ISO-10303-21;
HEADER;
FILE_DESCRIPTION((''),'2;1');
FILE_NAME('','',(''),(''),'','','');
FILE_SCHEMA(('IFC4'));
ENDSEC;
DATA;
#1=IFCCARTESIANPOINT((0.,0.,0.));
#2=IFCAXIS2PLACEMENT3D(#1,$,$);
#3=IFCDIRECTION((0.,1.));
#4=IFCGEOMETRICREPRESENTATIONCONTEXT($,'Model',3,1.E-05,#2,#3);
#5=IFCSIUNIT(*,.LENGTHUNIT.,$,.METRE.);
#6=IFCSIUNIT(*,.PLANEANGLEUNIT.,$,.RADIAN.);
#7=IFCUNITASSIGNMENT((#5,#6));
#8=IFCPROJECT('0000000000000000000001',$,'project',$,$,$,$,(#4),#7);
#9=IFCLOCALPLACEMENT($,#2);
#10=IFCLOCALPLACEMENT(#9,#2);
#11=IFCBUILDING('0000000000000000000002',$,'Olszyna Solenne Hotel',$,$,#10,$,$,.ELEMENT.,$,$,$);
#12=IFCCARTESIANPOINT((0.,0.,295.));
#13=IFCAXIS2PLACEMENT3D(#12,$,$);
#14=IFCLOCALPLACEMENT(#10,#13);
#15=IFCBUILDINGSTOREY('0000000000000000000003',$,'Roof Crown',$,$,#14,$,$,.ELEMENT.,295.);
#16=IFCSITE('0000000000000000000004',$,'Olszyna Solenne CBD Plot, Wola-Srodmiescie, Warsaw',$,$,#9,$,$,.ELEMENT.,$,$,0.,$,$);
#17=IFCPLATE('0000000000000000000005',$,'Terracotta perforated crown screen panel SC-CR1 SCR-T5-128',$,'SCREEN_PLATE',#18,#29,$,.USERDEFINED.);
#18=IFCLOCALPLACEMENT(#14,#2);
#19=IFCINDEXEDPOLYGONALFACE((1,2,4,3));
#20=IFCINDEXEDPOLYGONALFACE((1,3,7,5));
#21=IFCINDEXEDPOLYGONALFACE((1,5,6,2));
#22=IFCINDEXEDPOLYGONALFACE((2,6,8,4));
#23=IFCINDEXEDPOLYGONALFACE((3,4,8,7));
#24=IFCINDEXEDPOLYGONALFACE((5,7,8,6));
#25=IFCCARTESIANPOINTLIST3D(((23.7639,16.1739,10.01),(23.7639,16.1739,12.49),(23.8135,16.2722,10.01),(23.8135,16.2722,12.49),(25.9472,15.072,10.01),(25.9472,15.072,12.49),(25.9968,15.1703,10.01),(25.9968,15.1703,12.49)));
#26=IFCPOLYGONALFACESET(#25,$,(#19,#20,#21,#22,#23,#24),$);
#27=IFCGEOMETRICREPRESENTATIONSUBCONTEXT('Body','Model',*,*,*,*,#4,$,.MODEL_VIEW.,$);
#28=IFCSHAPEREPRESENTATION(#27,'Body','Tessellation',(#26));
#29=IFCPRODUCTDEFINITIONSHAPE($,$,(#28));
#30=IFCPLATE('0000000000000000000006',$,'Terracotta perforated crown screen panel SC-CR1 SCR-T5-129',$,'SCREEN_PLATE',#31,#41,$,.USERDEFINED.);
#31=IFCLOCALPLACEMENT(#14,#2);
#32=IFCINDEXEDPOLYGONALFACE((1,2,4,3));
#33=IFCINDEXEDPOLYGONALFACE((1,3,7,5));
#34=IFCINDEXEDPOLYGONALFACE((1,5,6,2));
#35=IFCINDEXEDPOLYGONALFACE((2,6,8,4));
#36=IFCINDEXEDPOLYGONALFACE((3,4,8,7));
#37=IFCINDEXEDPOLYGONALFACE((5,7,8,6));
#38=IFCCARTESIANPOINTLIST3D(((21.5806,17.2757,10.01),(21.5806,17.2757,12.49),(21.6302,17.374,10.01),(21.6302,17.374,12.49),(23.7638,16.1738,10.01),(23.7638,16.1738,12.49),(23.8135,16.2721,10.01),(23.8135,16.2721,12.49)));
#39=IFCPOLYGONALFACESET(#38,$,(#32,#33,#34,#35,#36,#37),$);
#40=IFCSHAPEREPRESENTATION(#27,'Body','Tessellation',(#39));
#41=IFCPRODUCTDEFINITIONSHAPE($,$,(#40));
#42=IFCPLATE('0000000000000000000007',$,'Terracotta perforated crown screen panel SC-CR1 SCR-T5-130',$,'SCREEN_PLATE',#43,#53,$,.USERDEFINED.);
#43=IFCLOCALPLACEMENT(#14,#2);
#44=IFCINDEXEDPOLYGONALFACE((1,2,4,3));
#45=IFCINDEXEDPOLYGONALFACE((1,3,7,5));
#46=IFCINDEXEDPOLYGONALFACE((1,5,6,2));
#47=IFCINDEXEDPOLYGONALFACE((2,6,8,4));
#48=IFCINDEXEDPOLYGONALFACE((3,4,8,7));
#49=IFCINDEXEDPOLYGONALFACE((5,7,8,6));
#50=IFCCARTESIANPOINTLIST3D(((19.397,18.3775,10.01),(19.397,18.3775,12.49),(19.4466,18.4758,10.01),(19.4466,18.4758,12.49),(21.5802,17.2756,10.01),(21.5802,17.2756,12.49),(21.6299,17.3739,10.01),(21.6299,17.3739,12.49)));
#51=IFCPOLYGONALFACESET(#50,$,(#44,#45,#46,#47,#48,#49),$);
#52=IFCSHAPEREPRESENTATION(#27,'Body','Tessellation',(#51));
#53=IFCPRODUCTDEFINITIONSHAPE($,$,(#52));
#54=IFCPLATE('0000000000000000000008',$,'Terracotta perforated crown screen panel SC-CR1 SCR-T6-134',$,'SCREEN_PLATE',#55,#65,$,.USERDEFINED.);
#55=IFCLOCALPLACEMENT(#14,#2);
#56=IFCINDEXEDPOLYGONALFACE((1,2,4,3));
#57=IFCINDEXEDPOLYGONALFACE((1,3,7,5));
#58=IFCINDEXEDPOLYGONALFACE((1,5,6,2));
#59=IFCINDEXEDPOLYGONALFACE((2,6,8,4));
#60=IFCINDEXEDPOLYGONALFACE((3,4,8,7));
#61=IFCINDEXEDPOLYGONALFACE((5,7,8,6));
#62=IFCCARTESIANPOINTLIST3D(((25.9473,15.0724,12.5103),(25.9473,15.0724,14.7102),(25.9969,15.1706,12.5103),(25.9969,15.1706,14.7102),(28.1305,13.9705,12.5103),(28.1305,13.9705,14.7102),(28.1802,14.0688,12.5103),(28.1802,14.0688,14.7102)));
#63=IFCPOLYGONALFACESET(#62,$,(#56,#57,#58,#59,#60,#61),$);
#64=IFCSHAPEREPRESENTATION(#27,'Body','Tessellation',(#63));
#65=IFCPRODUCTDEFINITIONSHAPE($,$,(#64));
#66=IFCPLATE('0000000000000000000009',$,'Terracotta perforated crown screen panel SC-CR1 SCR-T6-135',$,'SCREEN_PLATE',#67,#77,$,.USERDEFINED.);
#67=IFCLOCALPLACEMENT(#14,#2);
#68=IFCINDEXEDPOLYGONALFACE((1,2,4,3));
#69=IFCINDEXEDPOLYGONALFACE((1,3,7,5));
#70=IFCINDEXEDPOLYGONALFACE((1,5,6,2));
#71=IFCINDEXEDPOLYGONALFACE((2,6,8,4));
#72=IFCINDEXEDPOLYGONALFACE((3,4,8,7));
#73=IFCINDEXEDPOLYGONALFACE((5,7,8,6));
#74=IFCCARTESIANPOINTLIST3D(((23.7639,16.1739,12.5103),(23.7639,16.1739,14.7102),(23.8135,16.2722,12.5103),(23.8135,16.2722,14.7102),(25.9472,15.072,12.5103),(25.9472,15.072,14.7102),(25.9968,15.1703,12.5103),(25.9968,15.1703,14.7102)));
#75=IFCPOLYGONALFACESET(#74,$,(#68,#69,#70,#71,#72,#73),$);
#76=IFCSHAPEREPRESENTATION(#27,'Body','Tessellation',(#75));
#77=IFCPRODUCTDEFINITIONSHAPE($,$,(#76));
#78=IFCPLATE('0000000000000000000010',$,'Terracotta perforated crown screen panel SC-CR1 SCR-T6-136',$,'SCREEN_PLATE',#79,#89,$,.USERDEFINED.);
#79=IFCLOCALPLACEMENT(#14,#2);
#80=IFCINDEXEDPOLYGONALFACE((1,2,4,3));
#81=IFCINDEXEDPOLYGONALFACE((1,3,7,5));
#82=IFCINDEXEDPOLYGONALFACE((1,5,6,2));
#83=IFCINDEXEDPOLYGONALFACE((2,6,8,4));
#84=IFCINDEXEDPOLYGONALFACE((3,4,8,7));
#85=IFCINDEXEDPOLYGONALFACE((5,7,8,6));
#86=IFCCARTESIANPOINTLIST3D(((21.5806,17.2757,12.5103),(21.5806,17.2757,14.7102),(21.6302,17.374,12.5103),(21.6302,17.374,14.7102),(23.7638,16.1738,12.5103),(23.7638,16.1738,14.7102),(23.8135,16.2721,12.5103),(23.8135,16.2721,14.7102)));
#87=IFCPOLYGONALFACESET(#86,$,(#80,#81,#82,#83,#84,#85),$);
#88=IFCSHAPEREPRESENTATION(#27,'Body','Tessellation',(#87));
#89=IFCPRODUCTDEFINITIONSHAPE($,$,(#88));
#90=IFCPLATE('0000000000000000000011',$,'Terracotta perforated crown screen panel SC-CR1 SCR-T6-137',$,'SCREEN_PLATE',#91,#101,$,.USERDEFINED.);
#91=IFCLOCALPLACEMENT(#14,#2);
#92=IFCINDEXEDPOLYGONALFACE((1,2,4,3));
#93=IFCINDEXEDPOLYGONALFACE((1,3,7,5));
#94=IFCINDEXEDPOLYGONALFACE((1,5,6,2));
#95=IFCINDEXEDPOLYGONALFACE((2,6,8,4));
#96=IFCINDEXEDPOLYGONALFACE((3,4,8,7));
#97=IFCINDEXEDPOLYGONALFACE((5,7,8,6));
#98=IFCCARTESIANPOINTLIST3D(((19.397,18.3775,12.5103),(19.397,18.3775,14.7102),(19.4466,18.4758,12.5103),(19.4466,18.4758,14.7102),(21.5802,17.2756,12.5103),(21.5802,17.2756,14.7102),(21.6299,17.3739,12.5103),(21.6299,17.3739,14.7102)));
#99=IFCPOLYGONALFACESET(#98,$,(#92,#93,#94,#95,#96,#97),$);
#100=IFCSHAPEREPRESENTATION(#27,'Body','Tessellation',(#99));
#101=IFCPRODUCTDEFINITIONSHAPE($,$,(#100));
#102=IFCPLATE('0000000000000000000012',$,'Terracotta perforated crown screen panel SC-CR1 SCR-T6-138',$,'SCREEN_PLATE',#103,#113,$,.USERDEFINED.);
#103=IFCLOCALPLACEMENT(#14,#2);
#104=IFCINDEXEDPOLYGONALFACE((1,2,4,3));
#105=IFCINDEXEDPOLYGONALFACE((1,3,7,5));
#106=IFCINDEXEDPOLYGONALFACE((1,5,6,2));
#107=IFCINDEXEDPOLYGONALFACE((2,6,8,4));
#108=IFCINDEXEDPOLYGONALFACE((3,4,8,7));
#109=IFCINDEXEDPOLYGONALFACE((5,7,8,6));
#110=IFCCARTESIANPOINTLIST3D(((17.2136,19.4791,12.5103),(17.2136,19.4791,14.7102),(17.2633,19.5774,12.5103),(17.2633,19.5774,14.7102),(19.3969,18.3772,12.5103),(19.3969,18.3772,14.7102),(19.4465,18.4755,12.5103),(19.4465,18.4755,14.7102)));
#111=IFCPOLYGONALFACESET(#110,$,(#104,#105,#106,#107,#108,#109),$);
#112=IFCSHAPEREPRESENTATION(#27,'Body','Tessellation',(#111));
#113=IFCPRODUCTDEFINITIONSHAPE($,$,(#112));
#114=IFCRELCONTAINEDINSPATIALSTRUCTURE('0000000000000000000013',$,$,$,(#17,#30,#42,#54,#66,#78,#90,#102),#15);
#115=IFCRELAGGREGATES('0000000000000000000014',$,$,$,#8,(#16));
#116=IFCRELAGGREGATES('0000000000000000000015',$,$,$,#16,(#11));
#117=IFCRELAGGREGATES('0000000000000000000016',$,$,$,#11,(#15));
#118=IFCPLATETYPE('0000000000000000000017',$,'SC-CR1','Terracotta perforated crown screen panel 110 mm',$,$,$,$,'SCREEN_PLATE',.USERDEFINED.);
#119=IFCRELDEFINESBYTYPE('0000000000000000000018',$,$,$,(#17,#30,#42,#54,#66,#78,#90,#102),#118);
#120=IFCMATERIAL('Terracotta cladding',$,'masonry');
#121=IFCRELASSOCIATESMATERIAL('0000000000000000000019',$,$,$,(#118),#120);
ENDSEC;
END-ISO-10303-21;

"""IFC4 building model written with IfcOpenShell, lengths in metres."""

from ifc_helpers import new_model, si_unit, direction, frame, origin, origin_2d, place, context, subcontext, project, spatial, rectangle, extrude, source, transform, mapped, material, type_object, element, save


model = new_model("IFC4")

# Units and contexts
model_context = context("Model", 3, precision=1e-05, world=origin(), true_north=direction((0.0, 1.0)))
body_context = subcontext(model_context, "Body", "Model", "MODEL_VIEW")
ifc_project = project(units=[si_unit("LENGTHUNIT", "METRE"), si_unit("PLANEANGLEUNIT", "RADIAN")], contexts=[model_context])

# Site, building, storey
site_placement = place(None, origin())
site = spatial("IfcSite", under=ifc_project, at=site_placement, Name="Olszyna Solenne CBD Plot, Wola-Srodmiescie, Warsaw", CompositionType="ELEMENT", RefElevation=0.0)
building_placement = place(site_placement, origin())
building = spatial("IfcBuilding", under=site, at=building_placement, Name="Olszyna Solenne Hotel", CompositionType="ELEMENT")
storey_placement = place(building_placement, frame((0.0, 0.0, 295.0)))
storey = spatial("IfcBuildingStorey", under=building, at=storey_placement, Name="Roof Crown", CompositionType="ELEMENT", Elevation=295.0)

# Plates
ifc_material = material(Name="Terracotta cladding", Category="masonry")
plate_type = type_object("IfcPlateType", Name="SC-CR1", Description="Terracotta perforated crown screen panel 110 mm", ElementType="SCREEN_PLATE", PredefinedType="USERDEFINED", material=ifc_material)
shared_shape_1 = source(origin(), body_context, "Body", "SweptSolid", [
    extrude(rectangle(XDim=2.4456, YDim=0.1101, at=origin_2d()), origin(), (0.0, 0.0, 1.0), 2.48),
])
for number, where, z_axis, x_axis, name in (
    (1, (24.8804, 15.6721, 10.01), (0.0, 0.0, 1.0), (-0.892743, 0.450566, 0.0), "Terracotta perforated crown screen panel SC-CR1 SCR-T5-128"),
    (2, (22.697, 16.7739, 10.01), (0.0, 0.0, 1.0), (-0.892743, 0.450566, 0.0), "Terracotta perforated crown screen panel SC-CR1 SCR-T5-129"),
    (3, (20.5134, 17.8757, 10.01), (0.0, 0.0, 1.0), (-0.892743, 0.450566, 0.0), "Terracotta perforated crown screen panel SC-CR1 SCR-T5-130"),
):
    element("IfcPlate", number, at=place(storey_placement, frame(where, z_axis=z_axis, x_axis=x_axis)), inside=storey, type_object=plate_type, Name=name, ObjectType="SCREEN_PLATE", PredefinedType="USERDEFINED", context=body_context, shape_type="MappedRepresentation", body=[
        mapped(shared_shape_1, transform((0.0, 0.0, 0.0), x_axis=(1.0, 0.0, 0.0), y_axis=(0.0, 1.0, 0.0), z_axis=(0.0, 0.0, 1.0), scale=1.0)),
    ])
shared_shape_2 = source(origin(), body_context, "Body", "SweptSolid", [
    extrude(rectangle(XDim=2.4456, YDim=0.1101, at=origin_2d()), origin(), (0.0, 0.0, 1.0), 2.2),
])
for number, where, z_axis, x_axis, name in (
    (4, (27.0637, 14.5706, 12.5103), (0.0, 0.0, 1.0), (-0.892743, 0.450566, 0.0), "Terracotta perforated crown screen panel SC-CR1 SCR-T6-134"),
    (5, (24.8804, 15.6721, 12.5103), (0.0, 0.0, 1.0), (-0.892743, 0.450566, 0.0), "Terracotta perforated crown screen panel SC-CR1 SCR-T6-135"),
    (6, (22.697, 16.7739, 12.5103), (0.0, 0.0, 1.0), (-0.892743, 0.450566, 0.0), "Terracotta perforated crown screen panel SC-CR1 SCR-T6-136"),
    (7, (20.5134, 17.8757, 12.5103), (0.0, 0.0, 1.0), (-0.892743, 0.450566, 0.0), "Terracotta perforated crown screen panel SC-CR1 SCR-T6-137"),
    (8, (18.3301, 18.9773, 12.5103), (0.0, 0.0, 1.0), (-0.892743, 0.450566, 0.0), "Terracotta perforated crown screen panel SC-CR1 SCR-T6-138"),
):
    element("IfcPlate", number, at=place(storey_placement, frame(where, z_axis=z_axis, x_axis=x_axis)), inside=storey, type_object=plate_type, Name=name, ObjectType="SCREEN_PLATE", PredefinedType="USERDEFINED", context=body_context, shape_type="MappedRepresentation", body=[
        mapped(shared_shape_2, transform((0.0, 0.0, 0.0), x_axis=(1.0, 0.0, 0.0), y_axis=(0.0, 1.0, 0.0), z_axis=(0.0, 0.0, 1.0), scale=1.0)),
    ])

save(model, "model.ifc")
